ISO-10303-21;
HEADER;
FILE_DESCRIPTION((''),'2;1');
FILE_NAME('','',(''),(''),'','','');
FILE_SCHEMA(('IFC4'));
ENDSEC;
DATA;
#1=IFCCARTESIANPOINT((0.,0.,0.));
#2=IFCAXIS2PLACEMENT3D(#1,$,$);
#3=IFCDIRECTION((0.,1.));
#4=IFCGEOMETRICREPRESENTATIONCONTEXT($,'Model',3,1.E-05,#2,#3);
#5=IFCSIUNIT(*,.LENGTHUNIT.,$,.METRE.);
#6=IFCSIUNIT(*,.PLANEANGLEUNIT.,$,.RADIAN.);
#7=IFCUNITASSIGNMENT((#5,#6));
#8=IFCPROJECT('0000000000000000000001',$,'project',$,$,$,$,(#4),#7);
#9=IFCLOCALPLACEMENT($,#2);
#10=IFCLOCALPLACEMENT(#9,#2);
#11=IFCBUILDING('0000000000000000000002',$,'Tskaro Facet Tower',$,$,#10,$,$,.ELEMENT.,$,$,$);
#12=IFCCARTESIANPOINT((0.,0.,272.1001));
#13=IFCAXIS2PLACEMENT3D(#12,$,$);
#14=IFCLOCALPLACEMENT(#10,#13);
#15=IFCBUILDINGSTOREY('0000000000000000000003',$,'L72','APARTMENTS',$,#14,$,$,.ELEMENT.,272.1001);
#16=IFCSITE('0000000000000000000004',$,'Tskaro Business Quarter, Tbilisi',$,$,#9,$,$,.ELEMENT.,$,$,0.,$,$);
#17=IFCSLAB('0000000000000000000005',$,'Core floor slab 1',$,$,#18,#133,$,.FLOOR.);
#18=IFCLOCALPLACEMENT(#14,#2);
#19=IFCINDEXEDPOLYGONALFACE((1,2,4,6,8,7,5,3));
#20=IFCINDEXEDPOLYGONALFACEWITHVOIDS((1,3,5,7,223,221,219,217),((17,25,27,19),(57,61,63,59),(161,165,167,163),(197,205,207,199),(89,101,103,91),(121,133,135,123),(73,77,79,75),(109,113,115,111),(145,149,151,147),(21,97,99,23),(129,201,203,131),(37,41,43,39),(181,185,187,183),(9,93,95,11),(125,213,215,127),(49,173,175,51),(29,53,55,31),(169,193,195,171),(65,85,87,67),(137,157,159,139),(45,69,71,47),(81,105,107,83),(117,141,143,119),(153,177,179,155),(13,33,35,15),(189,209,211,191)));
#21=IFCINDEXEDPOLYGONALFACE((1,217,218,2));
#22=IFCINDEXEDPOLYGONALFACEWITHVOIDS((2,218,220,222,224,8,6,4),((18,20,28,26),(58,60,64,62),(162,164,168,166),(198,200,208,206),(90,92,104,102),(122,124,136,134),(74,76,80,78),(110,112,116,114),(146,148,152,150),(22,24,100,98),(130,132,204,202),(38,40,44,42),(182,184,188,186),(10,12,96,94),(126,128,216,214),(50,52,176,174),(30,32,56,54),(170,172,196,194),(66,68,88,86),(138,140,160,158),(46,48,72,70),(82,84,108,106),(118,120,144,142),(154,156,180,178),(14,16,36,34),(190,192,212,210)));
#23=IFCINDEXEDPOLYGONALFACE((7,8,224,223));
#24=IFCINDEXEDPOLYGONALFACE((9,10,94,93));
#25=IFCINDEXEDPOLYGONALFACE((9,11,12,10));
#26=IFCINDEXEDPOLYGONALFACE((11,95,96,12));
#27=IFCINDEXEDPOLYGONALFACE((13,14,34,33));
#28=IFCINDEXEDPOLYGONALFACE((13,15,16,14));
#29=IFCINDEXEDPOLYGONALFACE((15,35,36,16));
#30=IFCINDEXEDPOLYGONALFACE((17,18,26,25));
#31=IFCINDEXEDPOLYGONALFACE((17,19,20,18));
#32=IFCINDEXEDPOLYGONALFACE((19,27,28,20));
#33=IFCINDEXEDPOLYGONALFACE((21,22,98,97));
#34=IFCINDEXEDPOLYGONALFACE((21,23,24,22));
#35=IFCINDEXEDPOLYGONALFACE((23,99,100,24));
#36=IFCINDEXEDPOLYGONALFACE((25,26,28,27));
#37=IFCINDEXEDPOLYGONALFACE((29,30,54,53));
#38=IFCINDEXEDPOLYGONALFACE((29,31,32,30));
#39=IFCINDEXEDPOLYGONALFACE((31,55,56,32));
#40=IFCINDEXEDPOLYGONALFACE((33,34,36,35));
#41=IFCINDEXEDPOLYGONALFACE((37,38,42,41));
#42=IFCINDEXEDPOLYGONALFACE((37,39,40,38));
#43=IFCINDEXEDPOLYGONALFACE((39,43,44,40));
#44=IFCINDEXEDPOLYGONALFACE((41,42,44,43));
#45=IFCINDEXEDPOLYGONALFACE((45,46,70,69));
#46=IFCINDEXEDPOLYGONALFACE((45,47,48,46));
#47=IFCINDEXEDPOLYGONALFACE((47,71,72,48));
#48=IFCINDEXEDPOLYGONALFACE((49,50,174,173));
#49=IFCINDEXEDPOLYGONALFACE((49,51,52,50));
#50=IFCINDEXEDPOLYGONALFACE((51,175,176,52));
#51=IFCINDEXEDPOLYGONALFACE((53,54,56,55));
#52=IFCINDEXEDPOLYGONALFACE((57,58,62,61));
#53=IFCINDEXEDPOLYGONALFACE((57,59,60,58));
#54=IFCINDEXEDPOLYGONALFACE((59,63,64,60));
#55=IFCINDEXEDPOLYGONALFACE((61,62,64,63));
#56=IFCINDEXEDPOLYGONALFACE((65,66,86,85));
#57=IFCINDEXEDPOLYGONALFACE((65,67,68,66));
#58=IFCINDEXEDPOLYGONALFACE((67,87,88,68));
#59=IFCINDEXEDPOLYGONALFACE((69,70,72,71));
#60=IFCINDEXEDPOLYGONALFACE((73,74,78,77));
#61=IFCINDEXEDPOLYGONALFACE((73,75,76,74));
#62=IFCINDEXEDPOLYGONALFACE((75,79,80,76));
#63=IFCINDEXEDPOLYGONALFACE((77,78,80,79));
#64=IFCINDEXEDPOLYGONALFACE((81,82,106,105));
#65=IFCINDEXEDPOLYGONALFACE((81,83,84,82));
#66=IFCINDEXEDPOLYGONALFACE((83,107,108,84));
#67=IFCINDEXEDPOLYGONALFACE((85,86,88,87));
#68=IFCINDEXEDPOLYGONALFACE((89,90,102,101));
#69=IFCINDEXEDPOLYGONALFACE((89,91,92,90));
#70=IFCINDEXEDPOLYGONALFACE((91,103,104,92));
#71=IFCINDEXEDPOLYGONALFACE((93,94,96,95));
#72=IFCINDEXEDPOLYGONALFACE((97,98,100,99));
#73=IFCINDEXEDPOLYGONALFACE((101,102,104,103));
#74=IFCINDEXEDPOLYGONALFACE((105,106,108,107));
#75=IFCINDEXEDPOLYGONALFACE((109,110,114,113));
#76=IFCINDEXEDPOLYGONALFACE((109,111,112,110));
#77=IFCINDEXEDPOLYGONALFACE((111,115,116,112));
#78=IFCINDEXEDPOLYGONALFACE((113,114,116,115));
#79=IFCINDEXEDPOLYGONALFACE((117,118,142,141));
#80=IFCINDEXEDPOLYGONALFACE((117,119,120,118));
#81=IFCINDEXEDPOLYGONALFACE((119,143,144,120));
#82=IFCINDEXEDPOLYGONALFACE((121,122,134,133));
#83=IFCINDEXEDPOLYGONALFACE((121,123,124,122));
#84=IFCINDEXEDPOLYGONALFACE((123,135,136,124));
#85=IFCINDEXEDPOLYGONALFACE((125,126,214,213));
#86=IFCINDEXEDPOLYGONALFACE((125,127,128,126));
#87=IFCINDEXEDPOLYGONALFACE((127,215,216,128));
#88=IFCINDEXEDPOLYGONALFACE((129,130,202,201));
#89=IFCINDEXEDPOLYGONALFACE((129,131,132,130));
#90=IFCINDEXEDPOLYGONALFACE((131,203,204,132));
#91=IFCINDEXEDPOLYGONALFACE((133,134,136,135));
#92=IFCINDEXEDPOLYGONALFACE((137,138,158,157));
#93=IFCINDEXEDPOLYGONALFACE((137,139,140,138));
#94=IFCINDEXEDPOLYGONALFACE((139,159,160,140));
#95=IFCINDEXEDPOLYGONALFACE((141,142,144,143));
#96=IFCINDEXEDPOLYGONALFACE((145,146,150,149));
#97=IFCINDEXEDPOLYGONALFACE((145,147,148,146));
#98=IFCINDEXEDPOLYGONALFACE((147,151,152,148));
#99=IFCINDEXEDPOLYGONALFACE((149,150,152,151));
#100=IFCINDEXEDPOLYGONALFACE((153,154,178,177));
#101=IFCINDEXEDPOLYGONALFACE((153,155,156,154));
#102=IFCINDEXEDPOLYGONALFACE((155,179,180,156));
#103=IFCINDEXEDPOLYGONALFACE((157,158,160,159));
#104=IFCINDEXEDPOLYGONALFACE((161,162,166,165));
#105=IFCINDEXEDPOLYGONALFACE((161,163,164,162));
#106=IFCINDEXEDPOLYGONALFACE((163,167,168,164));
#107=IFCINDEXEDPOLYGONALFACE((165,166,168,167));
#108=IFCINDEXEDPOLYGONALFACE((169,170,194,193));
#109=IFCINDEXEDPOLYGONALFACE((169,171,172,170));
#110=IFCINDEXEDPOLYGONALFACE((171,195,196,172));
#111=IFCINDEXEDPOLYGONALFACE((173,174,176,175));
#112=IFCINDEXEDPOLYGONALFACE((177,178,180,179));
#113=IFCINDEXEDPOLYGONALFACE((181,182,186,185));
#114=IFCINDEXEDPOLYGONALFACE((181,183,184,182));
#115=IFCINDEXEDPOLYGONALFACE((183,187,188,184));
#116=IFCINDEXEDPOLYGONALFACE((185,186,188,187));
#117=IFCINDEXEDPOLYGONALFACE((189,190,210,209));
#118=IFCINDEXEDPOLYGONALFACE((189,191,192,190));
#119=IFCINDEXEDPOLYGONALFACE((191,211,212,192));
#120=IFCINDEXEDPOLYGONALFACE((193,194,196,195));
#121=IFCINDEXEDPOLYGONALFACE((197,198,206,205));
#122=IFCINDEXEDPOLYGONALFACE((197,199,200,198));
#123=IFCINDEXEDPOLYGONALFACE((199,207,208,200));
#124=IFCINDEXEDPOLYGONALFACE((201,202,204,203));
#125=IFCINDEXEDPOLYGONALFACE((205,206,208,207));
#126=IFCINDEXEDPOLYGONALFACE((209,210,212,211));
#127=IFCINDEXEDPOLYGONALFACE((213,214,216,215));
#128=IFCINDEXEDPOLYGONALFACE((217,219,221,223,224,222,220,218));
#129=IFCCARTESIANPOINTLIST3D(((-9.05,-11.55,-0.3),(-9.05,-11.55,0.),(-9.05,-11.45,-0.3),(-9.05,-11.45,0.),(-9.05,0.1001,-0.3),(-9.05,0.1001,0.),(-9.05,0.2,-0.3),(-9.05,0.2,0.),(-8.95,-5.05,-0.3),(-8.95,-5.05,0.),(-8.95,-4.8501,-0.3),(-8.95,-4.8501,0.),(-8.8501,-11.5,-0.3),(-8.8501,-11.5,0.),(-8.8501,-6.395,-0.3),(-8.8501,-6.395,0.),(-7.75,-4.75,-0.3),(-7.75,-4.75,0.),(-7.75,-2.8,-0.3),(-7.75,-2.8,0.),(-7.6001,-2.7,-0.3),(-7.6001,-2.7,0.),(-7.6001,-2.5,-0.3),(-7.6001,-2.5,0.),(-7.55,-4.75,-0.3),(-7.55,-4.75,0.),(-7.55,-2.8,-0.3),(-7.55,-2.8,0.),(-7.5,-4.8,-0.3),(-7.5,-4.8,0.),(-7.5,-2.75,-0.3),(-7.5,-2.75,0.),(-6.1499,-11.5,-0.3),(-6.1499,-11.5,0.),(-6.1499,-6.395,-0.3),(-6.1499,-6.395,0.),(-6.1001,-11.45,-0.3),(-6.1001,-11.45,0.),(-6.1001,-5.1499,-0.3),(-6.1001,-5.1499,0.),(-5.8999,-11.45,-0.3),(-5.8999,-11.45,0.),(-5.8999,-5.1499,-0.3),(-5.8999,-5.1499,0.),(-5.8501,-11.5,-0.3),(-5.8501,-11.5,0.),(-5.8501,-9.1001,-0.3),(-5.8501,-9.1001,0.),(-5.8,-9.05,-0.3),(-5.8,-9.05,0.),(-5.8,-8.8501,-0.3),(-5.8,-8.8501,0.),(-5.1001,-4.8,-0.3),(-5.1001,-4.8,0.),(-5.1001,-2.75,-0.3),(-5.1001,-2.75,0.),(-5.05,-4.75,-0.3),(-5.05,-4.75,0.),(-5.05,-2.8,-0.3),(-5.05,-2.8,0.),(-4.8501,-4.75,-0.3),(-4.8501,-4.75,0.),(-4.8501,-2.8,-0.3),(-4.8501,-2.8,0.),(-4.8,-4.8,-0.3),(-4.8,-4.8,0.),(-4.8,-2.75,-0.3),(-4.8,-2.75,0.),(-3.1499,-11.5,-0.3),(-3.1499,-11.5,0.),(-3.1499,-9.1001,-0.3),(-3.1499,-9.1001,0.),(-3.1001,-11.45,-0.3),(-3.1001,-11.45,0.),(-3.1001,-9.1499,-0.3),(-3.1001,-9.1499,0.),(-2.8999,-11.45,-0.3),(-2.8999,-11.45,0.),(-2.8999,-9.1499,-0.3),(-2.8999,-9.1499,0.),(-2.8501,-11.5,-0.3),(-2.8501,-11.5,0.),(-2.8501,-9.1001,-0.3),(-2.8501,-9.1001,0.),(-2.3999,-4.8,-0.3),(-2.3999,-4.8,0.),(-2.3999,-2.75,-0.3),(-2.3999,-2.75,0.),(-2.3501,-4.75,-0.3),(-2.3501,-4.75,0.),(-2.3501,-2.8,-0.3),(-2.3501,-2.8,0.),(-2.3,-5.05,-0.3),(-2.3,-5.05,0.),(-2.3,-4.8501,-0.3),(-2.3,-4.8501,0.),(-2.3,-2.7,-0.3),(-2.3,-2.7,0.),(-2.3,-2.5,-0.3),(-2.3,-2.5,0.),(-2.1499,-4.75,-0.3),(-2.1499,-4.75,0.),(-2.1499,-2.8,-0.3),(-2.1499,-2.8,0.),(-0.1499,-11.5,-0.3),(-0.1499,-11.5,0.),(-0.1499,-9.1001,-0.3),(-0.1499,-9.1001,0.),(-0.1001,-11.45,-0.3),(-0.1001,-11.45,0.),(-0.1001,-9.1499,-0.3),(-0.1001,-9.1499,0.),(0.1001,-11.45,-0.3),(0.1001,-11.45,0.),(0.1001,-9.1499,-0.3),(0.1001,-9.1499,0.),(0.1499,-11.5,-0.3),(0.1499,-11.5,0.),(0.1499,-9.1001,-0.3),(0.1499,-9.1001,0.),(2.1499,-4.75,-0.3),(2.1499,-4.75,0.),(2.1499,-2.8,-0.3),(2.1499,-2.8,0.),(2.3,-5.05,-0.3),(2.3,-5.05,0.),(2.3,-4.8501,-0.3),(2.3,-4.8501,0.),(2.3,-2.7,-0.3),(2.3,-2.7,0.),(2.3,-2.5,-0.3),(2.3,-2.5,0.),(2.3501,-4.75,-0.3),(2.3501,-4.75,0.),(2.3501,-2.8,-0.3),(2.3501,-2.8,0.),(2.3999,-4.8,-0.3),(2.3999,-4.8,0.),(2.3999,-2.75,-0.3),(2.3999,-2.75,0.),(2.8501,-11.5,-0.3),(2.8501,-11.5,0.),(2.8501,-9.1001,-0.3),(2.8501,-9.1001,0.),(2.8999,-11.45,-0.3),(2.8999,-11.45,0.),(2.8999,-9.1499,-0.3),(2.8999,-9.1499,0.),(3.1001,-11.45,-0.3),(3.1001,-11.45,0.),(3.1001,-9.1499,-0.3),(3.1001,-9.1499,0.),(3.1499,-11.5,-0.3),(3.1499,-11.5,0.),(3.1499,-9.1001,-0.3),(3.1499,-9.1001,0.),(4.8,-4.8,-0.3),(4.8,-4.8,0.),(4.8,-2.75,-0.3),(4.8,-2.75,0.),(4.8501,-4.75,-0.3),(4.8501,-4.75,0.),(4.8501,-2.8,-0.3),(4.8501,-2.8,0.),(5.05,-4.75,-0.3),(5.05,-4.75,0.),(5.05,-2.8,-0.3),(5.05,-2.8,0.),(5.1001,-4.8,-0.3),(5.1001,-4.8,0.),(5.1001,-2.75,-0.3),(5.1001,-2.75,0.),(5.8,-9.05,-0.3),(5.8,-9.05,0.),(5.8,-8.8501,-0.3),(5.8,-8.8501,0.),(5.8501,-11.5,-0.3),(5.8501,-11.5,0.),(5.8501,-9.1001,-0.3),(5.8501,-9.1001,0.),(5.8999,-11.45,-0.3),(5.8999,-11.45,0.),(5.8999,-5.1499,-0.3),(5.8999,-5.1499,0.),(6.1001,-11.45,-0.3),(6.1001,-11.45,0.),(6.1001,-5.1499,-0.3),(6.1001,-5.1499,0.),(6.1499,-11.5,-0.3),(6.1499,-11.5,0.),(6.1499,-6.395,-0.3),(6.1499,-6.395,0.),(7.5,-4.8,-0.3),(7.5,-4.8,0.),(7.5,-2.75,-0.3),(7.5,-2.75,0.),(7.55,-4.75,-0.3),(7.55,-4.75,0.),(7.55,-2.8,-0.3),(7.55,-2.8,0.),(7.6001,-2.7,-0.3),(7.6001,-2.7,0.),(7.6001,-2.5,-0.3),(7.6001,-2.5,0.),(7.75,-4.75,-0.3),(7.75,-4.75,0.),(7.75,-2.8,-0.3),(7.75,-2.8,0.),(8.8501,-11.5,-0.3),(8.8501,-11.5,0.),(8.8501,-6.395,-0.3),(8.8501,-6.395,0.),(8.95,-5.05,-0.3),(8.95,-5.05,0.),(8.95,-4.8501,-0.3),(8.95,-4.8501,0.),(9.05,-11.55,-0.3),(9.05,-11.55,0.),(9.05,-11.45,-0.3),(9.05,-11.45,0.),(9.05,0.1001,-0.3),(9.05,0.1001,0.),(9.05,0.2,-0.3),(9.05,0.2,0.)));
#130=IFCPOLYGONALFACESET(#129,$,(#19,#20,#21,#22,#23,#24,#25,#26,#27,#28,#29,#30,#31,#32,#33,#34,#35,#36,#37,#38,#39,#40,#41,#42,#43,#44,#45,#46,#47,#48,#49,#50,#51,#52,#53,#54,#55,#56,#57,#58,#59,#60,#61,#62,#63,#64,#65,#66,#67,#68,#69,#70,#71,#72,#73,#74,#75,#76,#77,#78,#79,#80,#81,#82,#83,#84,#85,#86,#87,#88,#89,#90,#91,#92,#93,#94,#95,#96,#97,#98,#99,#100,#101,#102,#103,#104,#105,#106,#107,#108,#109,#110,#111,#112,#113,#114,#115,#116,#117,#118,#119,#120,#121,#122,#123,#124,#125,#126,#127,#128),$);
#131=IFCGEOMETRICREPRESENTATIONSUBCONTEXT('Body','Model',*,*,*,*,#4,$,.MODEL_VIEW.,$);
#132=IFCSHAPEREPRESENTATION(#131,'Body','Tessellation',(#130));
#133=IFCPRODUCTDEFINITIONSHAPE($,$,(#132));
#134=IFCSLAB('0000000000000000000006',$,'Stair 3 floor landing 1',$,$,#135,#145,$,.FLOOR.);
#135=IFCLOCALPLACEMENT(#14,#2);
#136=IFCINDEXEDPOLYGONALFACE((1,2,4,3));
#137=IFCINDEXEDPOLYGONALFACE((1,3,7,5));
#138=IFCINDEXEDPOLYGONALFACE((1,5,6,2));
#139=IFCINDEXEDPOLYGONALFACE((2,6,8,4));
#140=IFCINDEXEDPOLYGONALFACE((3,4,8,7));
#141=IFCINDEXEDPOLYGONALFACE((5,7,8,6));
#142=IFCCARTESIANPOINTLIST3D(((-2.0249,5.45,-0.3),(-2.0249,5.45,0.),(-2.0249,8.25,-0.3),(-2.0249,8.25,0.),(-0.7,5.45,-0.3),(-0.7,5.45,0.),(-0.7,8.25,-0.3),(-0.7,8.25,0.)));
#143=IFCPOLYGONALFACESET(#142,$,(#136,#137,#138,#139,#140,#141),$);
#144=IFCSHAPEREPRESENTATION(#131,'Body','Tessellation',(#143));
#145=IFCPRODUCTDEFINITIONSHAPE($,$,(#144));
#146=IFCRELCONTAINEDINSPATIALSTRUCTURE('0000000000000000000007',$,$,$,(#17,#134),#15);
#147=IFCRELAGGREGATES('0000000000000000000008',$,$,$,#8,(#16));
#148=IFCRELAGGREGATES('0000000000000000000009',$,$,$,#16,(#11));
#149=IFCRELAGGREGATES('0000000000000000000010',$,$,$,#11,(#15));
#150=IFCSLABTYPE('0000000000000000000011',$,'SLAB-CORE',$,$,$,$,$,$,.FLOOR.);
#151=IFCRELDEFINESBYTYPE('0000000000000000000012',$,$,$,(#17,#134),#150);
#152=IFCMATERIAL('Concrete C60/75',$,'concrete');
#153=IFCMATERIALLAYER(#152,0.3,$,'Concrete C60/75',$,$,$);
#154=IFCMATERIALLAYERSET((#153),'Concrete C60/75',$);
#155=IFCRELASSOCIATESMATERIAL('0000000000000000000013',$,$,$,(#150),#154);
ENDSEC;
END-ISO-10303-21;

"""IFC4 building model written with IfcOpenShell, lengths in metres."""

from ifc_helpers import new_model, si_unit, direction, frame, origin, place, context, subcontext, project, spatial, polyline, outline, extrude, material, layer, layer_set, type_object, element, save


model = new_model("IFC4")

# Units and contexts
model_context = context("Model", 3, precision=1e-05, world=origin(), true_north=direction((0.0, 1.0)))
body_context = subcontext(model_context, "Body", "Model", "MODEL_VIEW")
ifc_project = project(units=[si_unit("LENGTHUNIT", "METRE"), si_unit("PLANEANGLEUNIT", "RADIAN")], contexts=[model_context])

# Site, building, storey
site_placement = place(None, origin())
site = spatial("IfcSite", under=ifc_project, at=site_placement, Name="Tskaro Business Quarter, Tbilisi", CompositionType="ELEMENT", RefElevation=0.0)
building_placement = place(site_placement, origin())
building = spatial("IfcBuilding", under=site, at=building_placement, Name="Tskaro Facet Tower", CompositionType="ELEMENT")
storey_placement = place(building_placement, frame((0.0, 0.0, 272.1001)))
storey = spatial("IfcBuildingStorey", under=building, at=storey_placement, Name="L72", Description="APARTMENTS", CompositionType="ELEMENT", Elevation=272.1001)

# Slabs
ifc_material_1 = material(Name="Concrete C60/75", Category="concrete")
ifc_layer_1 = layer(ifc_material_1, 0.3, Name="Concrete C60/75")
ifc_layer_set_1 = layer_set([ifc_layer_1], Name="Concrete C60/75")
slab_type_1 = type_object("IfcSlabType", Name="SLAB-CORE", PredefinedType="FLOOR", material=ifc_layer_set_1)
slab_1_placement = place(storey_placement, frame((0.0, 0.0, -0.3)))
element("IfcSlab", 1, at=slab_1_placement, inside=storey, type_object=slab_type_1, Name="Core floor slab 1", PredefinedType="FLOOR", context=body_context, shape_type="SweptSolid", body=[
    extrude(outline(polyline([(-9.05, 0.2), (9.05, 0.2), (9.05, 0.1001), (9.05, -11.45), (9.05, -11.55), (-9.05, -11.55), (-9.05, -11.45), (-9.05, 0.1001), (-9.05, 0.2)]), holes=[polyline([(-5.8501, -9.1001), (-5.8501, -11.5), (-3.1499, -11.5), (-3.1499, -9.1001), (-5.8501, -9.1001)]), polyline([(-3.1001, -11.45), (-2.8999, -11.45), (-2.8999, -9.1499), (-3.1001, -9.1499), (-3.1001, -11.45)]), polyline([(-2.8501, -9.1001), (-2.8501, -11.5), (-0.1499, -11.5), (-0.1499, -9.1001), (-2.8501, -9.1001)]), polyline([(-6.1001, -11.45), (-5.8999, -11.45), (-5.8999, -5.1499), (-6.1001, -5.1499), (-6.1001, -11.45)]), polyline([(-8.95, -5.05), (-2.3, -5.05), (-2.3, -4.8501), (-8.95, -4.8501), (-8.95, -5.05)]), polyline([(-7.75, -4.75), (-7.55, -4.75), (-7.55, -2.8), (-7.75, -2.8), (-7.75, -4.75)]), polyline([(-5.1001, -4.8), (-5.1001, -2.75), (-7.5, -2.75), (-7.5, -4.8), (-5.1001, -4.8)]), polyline([(-5.05, -4.75), (-4.8501, -4.75), (-4.8501, -2.8), (-5.05, -2.8), (-5.05, -4.75)]), polyline([(-4.8, -4.8), (-2.3999, -4.8), (-2.3999, -2.75), (-4.8, -2.75), (-4.8, -4.8)]), polyline([(-2.3501, -4.75), (-2.1499, -4.75), (-2.1499, -2.8), (-2.3501, -2.8), (-2.3501, -4.75)]), polyline([(-7.6001, -2.7), (-2.3, -2.7), (-2.3, -2.5), (-7.6001, -2.5), (-7.6001, -2.7)]), polyline([(-0.1001, -11.45), (0.1001, -11.45), (0.1001, -9.1499), (-0.1001, -9.1499), (-0.1001, -11.45)]), polyline([(0.1499, -9.1001), (0.1499, -11.5), (2.8501, -11.5), (2.8501, -9.1001), (0.1499, -9.1001)]), polyline([(2.8999, -11.45), (3.1001, -11.45), (3.1001, -9.1499), (2.8999, -9.1499), (2.8999, -11.45)]), polyline([(3.1499, -9.1001), (3.1499, -11.5), (5.8501, -11.5), (5.8501, -9.1001), (3.1499, -9.1001)]), polyline([(-5.8, -9.05), (5.8, -9.05), (5.8, -8.8501), (-5.8, -8.8501), (-5.8, -9.05)]), polyline([(5.8999, -11.45), (6.1001, -11.45), (6.1001, -5.1499), (5.8999, -5.1499), (5.8999, -11.45)]), polyline([(2.3, -5.05), (8.95, -5.05), (8.95, -4.8501), (2.3, -4.8501), (2.3, -5.05)]), polyline([(2.1499, -4.75), (2.3501, -4.75), (2.3501, -2.8), (2.1499, -2.8), (2.1499, -4.75)]), polyline([(2.3999, -2.75), (2.3999, -4.8), (4.8, -4.8), (4.8, -2.75), (2.3999, -2.75)]), polyline([(4.8501, -4.75), (5.05, -4.75), (5.05, -2.8), (4.8501, -2.8), (4.8501, -4.75)]), polyline([(5.1001, -2.75), (5.1001, -4.8), (7.5, -4.8), (7.5, -2.75), (5.1001, -2.75)]), polyline([(7.55, -4.75), (7.75, -4.75), (7.75, -2.8), (7.55, -2.8), (7.55, -4.75)]), polyline([(2.3, -2.7), (7.6001, -2.7), (7.6001, -2.5), (2.3, -2.5), (2.3, -2.7)]), polyline([(-8.8501, -11.5), (-6.1499, -11.5), (-6.1499, -6.395), (-8.8501, -6.395), (-8.8501, -11.5)]), polyline([(6.1499, -6.395), (6.1499, -11.5), (8.8501, -11.5), (8.8501, -6.395), (6.1499, -6.395)])]), origin(), (0.0, 0.0, 1.0), 0.3),
])
slab_2_placement = place(storey_placement, frame((0.0, 0.0, -0.3)))
element("IfcSlab", 2, at=slab_2_placement, inside=storey, type_object=slab_type_1, Name="Stair 3 floor landing 1", PredefinedType="FLOOR", context=body_context, shape_type="SweptSolid", body=[
    extrude(outline(polyline([(-2.0249, 5.45), (-0.7, 5.45), (-0.7, 8.25), (-2.0249, 8.25), (-2.0249, 5.45)])), origin(), (0.0, 0.0, 1.0), 0.3),
])

save(model, "model.ifc")
